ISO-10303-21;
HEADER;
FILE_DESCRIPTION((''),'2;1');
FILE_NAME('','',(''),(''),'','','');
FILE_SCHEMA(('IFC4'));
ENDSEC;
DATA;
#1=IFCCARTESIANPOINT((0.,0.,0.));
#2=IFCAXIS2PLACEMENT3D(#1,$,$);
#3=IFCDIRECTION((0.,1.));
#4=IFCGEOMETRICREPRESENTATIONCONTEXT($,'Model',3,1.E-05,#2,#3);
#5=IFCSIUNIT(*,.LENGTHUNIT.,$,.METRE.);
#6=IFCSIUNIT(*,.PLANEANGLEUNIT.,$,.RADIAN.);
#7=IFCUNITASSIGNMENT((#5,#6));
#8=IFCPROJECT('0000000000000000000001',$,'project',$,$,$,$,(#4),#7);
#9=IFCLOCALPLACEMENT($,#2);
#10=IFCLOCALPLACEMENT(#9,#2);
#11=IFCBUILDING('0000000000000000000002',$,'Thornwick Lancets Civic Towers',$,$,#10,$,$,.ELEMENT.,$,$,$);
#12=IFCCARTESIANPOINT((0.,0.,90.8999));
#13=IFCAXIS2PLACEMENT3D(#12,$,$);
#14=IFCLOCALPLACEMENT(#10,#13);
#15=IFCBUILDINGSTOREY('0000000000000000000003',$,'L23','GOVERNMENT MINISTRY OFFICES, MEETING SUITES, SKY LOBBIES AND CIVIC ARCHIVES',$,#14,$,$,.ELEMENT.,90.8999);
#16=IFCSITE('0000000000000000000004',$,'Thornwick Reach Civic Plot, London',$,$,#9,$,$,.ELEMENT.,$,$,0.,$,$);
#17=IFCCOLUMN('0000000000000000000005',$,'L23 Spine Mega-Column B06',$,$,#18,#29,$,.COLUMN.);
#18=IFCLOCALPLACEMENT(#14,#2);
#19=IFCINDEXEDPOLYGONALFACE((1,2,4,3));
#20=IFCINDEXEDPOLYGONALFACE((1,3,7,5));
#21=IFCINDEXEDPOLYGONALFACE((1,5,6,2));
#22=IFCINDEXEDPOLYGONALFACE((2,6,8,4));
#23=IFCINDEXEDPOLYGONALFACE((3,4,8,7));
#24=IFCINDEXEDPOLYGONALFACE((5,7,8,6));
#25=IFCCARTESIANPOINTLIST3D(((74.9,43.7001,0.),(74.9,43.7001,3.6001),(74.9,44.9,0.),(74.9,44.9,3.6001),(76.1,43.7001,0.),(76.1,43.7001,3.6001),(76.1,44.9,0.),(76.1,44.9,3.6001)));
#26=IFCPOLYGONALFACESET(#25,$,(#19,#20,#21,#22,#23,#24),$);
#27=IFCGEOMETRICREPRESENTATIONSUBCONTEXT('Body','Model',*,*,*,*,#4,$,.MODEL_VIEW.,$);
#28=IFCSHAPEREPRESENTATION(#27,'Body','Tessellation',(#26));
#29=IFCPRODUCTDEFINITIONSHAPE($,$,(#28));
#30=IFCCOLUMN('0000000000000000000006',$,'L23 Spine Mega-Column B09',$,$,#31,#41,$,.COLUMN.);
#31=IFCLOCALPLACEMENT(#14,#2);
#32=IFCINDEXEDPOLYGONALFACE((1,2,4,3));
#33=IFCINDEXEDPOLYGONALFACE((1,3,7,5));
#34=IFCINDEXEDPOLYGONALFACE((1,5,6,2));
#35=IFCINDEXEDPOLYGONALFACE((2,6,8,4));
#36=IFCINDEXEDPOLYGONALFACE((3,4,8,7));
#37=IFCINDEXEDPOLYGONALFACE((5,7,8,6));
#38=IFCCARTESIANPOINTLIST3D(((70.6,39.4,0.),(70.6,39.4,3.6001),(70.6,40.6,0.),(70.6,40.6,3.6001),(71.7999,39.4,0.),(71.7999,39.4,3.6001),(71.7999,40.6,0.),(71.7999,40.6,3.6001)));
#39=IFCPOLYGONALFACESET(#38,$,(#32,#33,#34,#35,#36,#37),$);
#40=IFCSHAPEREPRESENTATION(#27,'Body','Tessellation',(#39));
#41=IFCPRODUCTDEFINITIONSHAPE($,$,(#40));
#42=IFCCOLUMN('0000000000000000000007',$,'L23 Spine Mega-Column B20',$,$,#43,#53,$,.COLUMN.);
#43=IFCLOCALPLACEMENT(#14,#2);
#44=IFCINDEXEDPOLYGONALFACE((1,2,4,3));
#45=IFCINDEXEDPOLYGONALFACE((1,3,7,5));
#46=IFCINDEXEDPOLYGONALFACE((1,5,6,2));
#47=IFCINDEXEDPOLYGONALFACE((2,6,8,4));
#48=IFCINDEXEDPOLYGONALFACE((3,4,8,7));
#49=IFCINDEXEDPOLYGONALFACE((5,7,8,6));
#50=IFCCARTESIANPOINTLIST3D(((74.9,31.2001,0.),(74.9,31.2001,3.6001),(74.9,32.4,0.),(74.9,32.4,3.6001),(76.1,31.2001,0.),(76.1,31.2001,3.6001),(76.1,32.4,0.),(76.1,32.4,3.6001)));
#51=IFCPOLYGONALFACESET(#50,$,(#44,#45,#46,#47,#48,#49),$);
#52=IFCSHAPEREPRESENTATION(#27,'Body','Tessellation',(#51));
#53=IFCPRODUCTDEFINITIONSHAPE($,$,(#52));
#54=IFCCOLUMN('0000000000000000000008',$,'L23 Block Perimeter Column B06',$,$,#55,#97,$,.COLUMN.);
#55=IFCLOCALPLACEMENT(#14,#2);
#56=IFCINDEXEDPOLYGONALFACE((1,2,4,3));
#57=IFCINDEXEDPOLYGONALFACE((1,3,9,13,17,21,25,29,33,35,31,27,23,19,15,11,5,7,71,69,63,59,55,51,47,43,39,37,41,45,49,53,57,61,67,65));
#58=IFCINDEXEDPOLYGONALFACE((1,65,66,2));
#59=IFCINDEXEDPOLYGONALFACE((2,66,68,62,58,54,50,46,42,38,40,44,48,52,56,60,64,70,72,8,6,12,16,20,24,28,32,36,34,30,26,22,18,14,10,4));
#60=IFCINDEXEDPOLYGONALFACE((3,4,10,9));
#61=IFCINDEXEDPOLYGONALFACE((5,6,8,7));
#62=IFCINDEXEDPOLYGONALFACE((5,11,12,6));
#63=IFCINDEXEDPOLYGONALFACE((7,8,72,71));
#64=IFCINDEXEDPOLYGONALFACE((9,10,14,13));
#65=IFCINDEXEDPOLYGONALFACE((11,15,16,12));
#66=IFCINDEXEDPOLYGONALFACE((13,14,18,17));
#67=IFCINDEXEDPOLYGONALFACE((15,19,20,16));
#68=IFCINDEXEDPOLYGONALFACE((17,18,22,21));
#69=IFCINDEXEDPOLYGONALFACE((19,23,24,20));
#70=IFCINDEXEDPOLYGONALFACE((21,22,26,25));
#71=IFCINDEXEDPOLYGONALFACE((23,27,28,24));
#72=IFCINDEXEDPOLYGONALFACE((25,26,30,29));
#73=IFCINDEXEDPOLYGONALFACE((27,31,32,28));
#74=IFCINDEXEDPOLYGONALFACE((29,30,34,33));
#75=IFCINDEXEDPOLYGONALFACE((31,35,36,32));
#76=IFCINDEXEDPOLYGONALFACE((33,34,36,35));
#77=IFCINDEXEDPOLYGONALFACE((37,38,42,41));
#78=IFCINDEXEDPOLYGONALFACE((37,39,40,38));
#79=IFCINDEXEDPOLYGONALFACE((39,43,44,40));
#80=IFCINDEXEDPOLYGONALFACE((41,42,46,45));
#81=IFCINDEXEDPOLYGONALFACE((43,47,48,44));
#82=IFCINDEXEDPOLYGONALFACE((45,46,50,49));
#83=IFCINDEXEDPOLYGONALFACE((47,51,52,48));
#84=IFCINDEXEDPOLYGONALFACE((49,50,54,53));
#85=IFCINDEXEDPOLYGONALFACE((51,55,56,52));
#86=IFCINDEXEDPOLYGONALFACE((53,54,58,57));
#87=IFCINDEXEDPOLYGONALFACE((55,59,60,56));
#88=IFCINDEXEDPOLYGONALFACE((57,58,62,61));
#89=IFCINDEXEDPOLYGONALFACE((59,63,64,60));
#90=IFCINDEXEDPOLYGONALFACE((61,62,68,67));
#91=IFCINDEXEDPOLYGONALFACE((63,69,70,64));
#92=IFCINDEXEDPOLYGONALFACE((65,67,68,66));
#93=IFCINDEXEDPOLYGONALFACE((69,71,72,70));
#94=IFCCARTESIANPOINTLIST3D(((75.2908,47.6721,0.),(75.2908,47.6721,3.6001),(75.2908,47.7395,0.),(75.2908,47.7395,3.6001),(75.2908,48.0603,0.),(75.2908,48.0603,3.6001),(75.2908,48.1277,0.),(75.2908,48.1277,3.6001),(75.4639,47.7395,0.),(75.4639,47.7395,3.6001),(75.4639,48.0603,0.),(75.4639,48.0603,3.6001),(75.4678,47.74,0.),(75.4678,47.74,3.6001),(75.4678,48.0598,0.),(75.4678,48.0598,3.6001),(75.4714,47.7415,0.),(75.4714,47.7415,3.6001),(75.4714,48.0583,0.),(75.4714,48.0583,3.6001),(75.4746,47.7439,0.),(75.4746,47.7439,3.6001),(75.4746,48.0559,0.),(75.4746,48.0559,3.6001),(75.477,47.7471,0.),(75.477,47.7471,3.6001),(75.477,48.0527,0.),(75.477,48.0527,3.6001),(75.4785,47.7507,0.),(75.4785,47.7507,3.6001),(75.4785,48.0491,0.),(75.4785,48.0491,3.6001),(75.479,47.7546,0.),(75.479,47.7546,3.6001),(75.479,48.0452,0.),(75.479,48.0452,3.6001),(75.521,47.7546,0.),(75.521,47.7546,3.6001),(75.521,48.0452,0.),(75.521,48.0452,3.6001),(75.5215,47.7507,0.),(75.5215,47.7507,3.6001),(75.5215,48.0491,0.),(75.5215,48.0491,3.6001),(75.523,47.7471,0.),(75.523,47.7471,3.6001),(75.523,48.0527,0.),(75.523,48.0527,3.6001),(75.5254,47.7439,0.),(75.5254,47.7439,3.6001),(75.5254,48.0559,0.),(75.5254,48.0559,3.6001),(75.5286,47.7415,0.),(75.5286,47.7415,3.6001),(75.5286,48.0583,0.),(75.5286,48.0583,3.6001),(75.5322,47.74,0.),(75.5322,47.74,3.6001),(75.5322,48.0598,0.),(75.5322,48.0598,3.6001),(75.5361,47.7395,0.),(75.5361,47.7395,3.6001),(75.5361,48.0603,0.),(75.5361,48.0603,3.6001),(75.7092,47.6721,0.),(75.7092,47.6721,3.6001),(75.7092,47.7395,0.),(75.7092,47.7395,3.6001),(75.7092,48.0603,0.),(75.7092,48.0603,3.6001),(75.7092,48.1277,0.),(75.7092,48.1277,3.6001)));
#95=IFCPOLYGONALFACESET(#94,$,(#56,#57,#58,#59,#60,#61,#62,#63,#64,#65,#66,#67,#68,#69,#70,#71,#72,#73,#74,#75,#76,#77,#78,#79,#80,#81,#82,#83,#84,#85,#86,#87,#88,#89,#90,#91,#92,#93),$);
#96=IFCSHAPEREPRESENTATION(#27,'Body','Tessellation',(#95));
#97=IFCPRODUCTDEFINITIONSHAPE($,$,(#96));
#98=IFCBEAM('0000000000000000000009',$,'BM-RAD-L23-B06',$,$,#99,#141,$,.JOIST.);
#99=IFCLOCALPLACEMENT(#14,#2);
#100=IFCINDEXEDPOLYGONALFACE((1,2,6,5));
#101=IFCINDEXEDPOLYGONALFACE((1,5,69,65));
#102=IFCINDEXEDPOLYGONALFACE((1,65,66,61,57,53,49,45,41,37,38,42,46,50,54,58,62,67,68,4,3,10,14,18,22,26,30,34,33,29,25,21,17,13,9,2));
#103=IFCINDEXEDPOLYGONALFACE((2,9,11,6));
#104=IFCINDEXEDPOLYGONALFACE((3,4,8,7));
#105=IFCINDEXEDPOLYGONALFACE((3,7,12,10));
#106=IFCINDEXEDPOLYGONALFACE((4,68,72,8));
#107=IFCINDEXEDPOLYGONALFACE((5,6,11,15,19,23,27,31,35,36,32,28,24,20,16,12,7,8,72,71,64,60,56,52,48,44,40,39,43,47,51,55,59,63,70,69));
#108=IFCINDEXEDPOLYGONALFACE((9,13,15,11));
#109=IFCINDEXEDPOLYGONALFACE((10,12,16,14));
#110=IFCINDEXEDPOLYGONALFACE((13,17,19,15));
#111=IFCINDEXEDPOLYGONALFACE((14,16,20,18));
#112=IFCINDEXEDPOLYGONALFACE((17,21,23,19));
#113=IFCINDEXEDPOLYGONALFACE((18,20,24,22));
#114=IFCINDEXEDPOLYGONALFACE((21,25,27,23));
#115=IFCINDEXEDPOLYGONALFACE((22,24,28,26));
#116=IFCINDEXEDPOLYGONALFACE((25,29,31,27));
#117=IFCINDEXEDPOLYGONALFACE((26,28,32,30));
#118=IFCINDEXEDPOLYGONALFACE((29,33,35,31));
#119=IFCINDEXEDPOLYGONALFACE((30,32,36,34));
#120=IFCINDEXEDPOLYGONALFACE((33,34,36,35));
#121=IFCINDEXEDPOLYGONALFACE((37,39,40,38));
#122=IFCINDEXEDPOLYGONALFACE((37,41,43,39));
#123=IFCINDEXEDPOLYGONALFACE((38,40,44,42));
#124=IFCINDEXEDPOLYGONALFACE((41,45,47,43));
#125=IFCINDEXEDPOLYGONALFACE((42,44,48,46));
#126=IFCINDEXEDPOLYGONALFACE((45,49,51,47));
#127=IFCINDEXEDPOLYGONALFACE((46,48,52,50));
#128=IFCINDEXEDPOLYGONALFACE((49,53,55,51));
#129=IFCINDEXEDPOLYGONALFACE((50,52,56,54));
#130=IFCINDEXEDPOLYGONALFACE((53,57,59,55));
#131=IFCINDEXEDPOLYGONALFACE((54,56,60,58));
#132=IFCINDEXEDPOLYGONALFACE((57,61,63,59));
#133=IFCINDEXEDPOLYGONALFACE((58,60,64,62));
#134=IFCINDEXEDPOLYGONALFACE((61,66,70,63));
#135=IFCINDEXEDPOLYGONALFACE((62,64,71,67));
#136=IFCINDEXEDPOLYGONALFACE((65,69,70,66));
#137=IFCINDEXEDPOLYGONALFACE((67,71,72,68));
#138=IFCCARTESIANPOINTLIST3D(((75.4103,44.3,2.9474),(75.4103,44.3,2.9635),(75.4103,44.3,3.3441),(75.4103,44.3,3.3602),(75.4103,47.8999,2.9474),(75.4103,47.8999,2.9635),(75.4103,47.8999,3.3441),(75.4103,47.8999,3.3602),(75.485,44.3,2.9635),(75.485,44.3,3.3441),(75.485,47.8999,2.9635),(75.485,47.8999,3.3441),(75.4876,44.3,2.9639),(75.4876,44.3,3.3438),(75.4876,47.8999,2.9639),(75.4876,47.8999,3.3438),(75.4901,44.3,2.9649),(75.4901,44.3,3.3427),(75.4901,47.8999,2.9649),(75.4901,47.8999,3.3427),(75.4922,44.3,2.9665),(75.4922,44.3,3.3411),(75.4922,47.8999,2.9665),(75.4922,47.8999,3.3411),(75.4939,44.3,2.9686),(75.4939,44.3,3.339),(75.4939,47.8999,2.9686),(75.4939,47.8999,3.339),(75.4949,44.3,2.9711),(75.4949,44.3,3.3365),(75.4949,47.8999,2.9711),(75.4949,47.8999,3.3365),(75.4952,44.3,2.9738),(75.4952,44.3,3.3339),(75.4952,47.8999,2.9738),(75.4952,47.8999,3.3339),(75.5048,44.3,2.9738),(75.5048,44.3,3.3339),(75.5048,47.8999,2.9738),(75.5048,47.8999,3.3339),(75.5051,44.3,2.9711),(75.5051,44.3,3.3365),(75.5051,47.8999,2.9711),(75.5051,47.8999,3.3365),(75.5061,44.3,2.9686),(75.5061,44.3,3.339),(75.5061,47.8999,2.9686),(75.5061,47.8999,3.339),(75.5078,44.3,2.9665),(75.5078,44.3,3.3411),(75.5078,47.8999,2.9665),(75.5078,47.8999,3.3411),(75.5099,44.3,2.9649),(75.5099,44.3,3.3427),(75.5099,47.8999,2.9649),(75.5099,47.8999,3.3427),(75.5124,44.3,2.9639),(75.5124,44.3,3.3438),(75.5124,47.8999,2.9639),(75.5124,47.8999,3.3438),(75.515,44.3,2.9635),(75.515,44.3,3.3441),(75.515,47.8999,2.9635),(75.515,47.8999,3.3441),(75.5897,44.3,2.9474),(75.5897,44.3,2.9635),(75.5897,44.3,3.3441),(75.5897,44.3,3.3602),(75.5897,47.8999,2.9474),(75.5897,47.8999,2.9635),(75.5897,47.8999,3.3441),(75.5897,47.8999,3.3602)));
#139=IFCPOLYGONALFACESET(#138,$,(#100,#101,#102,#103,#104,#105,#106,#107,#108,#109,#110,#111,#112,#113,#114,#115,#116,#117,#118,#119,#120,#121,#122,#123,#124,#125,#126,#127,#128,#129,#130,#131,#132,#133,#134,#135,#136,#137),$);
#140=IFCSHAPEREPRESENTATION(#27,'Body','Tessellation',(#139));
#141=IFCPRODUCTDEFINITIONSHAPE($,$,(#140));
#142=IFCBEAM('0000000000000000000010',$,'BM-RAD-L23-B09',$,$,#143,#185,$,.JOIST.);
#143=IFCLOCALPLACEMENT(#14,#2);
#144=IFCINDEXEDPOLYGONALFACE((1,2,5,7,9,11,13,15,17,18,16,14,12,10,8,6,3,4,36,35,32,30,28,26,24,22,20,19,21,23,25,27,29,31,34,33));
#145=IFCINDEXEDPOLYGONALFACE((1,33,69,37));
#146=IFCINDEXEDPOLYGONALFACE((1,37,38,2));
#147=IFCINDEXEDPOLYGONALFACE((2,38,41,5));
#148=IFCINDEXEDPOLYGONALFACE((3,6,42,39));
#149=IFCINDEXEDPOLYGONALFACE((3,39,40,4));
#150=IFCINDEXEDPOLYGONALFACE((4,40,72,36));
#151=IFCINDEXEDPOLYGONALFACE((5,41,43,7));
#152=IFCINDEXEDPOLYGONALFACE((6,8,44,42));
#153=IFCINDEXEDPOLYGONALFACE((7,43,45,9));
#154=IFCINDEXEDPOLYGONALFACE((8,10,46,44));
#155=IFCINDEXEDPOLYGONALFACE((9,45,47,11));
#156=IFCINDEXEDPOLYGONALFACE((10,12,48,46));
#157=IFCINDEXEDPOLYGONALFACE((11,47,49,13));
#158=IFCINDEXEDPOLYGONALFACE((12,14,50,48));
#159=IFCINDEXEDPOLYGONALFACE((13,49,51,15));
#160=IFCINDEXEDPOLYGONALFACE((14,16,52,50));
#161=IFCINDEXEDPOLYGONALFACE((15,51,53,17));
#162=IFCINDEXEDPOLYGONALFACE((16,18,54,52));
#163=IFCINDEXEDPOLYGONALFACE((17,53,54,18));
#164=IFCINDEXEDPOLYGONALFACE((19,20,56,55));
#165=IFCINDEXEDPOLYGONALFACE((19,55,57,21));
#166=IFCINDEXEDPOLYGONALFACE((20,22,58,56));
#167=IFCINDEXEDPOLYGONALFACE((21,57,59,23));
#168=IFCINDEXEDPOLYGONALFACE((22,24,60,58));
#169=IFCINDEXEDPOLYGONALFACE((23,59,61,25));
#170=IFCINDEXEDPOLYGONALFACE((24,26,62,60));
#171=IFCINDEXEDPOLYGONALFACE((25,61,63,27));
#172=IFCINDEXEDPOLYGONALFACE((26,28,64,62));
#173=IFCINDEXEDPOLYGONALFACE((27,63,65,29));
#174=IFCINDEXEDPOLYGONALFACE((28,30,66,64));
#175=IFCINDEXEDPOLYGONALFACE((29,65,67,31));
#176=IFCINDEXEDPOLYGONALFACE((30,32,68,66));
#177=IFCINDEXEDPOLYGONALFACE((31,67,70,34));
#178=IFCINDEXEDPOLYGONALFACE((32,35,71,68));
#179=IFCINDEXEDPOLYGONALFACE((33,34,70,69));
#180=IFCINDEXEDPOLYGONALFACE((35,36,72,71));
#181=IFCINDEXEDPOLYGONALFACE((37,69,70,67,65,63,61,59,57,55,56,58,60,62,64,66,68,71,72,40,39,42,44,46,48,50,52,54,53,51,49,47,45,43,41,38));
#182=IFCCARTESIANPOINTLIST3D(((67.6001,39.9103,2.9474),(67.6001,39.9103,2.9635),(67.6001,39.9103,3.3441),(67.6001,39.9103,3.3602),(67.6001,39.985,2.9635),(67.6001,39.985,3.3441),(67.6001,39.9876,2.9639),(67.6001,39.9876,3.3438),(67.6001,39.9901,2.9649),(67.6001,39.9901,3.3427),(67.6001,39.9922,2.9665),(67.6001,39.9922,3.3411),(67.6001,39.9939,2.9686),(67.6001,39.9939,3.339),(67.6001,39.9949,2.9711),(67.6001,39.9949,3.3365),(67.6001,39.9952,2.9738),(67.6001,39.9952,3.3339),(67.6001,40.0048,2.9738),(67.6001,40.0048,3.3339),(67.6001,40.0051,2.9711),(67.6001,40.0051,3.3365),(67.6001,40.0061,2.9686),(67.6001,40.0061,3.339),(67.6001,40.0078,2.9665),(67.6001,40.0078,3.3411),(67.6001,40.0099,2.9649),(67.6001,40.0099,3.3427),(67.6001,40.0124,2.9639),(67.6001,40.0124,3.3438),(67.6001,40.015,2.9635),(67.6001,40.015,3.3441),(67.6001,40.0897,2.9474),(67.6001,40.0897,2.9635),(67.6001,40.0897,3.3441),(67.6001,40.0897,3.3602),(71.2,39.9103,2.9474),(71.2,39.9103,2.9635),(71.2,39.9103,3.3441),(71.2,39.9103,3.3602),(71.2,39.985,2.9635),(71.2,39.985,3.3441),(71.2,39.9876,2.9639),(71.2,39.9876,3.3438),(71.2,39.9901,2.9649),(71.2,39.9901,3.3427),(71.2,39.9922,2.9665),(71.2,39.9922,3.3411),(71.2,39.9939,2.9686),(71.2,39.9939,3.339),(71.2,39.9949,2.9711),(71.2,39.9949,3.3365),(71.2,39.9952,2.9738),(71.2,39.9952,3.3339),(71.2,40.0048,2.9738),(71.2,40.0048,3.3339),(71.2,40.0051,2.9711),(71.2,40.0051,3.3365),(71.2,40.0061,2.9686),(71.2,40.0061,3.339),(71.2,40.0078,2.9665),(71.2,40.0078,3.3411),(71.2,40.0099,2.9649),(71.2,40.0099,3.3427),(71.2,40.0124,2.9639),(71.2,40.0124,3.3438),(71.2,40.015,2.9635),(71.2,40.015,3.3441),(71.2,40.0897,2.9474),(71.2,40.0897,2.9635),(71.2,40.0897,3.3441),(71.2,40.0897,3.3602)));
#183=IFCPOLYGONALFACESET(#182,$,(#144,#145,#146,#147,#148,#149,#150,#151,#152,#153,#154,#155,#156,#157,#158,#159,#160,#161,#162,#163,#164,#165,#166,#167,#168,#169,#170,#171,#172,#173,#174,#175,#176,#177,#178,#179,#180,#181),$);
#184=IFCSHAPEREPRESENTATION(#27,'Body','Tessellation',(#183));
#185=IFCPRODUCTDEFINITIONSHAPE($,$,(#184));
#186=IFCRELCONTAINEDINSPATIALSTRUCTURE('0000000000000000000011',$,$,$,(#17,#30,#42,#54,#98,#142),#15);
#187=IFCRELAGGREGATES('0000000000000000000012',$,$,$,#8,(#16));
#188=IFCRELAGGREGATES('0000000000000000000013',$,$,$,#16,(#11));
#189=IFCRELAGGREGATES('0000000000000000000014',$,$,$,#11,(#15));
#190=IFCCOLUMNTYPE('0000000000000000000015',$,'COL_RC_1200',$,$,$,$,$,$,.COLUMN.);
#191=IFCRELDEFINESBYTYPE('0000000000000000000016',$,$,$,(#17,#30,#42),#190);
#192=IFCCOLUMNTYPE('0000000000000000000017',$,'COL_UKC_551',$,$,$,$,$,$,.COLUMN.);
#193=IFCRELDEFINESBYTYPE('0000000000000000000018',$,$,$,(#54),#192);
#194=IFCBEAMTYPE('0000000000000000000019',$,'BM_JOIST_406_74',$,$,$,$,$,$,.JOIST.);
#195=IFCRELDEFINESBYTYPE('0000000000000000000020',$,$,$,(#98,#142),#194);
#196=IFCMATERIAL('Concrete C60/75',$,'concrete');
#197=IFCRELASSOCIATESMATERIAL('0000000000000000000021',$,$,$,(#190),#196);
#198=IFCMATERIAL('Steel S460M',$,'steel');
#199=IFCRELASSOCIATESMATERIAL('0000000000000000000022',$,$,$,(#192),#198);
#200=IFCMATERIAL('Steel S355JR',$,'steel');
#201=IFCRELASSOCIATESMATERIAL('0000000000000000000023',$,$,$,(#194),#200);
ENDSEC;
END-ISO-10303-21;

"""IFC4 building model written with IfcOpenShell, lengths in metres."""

from ifc_helpers import new_model, si_unit, direction, frame, origin, origin_2d, place, context, subcontext, project, spatial, rectangle, i_section, extrude, material, material_profile, profile_set, type_object, element, save


model = new_model("IFC4")

# Units and contexts
model_context = context("Model", 3, precision=1e-05, world=origin(), true_north=direction((0.0, 1.0)))
body_context = subcontext(model_context, "Body", "Model", "MODEL_VIEW")
ifc_project = project(units=[si_unit("LENGTHUNIT", "METRE"), si_unit("PLANEANGLEUNIT", "RADIAN")], contexts=[model_context])

# Site, building, storey
site_placement = place(None, origin())
site = spatial("IfcSite", under=ifc_project, at=site_placement, Name="Thornwick Reach Civic Plot, London", CompositionType="ELEMENT", RefElevation=0.0)
building_placement = place(site_placement, origin())
building = spatial("IfcBuilding", under=site, at=building_placement, Name="Thornwick Lancets Civic Towers", CompositionType="ELEMENT")
storey_placement = place(building_placement, frame((0.0, 0.0, 90.8999)))
storey = spatial("IfcBuildingStorey", under=building, at=storey_placement, Name="L23", Description="GOVERNMENT MINISTRY OFFICES, MEETING SUITES, SKY LOBBIES AND CIVIC ARCHIVES", CompositionType="ELEMENT", Elevation=90.8999)

# Columns
ifc_material_1 = material(Name="Concrete C60/75", Category="concrete")
ifc_material_profile_1 = material_profile(ifc_material_1, rectangle(XDim=1.2, YDim=1.2, at=origin_2d()), Name="RC 1200x1200")
ifc_profile_set_1 = profile_set([ifc_material_profile_1], Name="Concrete C60/75")
column_type_1 = type_object("IfcColumnType", Name="COL_RC_1200", PredefinedType="COLUMN", material=ifc_profile_set_1)
for number, where, z_axis, x_axis, name in (
    (1, (75.5, 44.3, 0.0), (0.0, 0.0, 1.0), (1.0, 0.0, 0.0), "L23 Spine Mega-Column B06"),
    (2, (71.2, 40.0, 0.0), (0.0, 0.0, 1.0), (1.0, 0.0, 0.0), "L23 Spine Mega-Column B09"),
    (3, (75.5, 31.8, 0.0), (0.0, 0.0, 1.0), (1.0, 0.0, 0.0), "L23 Spine Mega-Column B20"),
):
    element("IfcColumn", number, at=place(storey_placement, frame(where, z_axis=z_axis, x_axis=x_axis)), inside=storey, type_object=column_type_1, Name=name, PredefinedType="COLUMN", context=body_context, shape_type="SweptSolid", body=[
        extrude(rectangle(XDim=1.2, YDim=1.2, at=origin_2d()), origin(), (0.0, 0.0, 1.0), 3.6001),
    ])
ifc_material_2 = material(Name="Steel S460M", Category="steel")
ifc_material_profile_2 = material_profile(ifc_material_2, i_section(OverallWidth=0.4185, OverallDepth=0.4556, WebThickness=0.042, FlangeThickness=0.0674, FilletRadius=0.0151, at=origin_2d()), Name="UKC 356x406x551")
ifc_profile_set_2 = profile_set([ifc_material_profile_2], Name="Steel S460M")
column_type_2 = type_object("IfcColumnType", Name="COL_UKC_551", PredefinedType="COLUMN", material=ifc_profile_set_2)
column_placement = place(storey_placement, frame((75.5, 47.8999, 0.0), z_axis=(0.0, 0.0, 1.0), x_axis=(1.0, 0.0, 0.0)))
element("IfcColumn", 4, at=column_placement, inside=storey, type_object=column_type_2, Name="L23 Block Perimeter Column B06", PredefinedType="COLUMN", context=body_context, shape_type="SweptSolid", body=[
    extrude(i_section(OverallWidth=0.4185, OverallDepth=0.4556, WebThickness=0.042, FlangeThickness=0.0674, FilletRadius=0.0151, at=origin_2d()), origin(), (0.0, 0.0, 1.0), 3.6001),
])

# Beams
ifc_material_3 = material(Name="Steel S355JR", Category="steel")
ifc_material_profile_3 = material_profile(ifc_material_3, i_section(OverallWidth=0.1794, OverallDepth=0.4128, WebThickness=0.0095, FlangeThickness=0.0161, FilletRadius=0.0103, at=origin_2d()), Name="UKB 406x178x74")
ifc_profile_set_3 = profile_set([ifc_material_profile_3], Name="Steel S355JR")
beam_type_1 = type_object("IfcBeamType", Name="BM_JOIST_406_74", PredefinedType="JOIST", material=ifc_profile_set_3)
for number, where, z_axis, x_axis, name in (
    (5, (75.5, 44.3, 3.1538), (0.0, 1.0, 0.0), (-1.0, 0.0, 0.0), "BM-RAD-L23-B06"),
    (6, (71.2, 40.0, 3.1538), (-1.0, 0.0, 0.0), (0.0, -1.0, 0.0), "BM-RAD-L23-B09"),
):
    element("IfcBeam", number, at=place(storey_placement, frame(where, z_axis=z_axis, x_axis=x_axis)), inside=storey, type_object=beam_type_1, Name=name, PredefinedType="JOIST", context=body_context, shape_type="SweptSolid", body=[
        extrude(i_section(OverallWidth=0.1794, OverallDepth=0.4128, WebThickness=0.0095, FlangeThickness=0.0161, FilletRadius=0.0103, at=origin_2d()), origin(), (0.0, 0.0, 1.0), 3.5999),
    ])

save(model, "model.ifc")
